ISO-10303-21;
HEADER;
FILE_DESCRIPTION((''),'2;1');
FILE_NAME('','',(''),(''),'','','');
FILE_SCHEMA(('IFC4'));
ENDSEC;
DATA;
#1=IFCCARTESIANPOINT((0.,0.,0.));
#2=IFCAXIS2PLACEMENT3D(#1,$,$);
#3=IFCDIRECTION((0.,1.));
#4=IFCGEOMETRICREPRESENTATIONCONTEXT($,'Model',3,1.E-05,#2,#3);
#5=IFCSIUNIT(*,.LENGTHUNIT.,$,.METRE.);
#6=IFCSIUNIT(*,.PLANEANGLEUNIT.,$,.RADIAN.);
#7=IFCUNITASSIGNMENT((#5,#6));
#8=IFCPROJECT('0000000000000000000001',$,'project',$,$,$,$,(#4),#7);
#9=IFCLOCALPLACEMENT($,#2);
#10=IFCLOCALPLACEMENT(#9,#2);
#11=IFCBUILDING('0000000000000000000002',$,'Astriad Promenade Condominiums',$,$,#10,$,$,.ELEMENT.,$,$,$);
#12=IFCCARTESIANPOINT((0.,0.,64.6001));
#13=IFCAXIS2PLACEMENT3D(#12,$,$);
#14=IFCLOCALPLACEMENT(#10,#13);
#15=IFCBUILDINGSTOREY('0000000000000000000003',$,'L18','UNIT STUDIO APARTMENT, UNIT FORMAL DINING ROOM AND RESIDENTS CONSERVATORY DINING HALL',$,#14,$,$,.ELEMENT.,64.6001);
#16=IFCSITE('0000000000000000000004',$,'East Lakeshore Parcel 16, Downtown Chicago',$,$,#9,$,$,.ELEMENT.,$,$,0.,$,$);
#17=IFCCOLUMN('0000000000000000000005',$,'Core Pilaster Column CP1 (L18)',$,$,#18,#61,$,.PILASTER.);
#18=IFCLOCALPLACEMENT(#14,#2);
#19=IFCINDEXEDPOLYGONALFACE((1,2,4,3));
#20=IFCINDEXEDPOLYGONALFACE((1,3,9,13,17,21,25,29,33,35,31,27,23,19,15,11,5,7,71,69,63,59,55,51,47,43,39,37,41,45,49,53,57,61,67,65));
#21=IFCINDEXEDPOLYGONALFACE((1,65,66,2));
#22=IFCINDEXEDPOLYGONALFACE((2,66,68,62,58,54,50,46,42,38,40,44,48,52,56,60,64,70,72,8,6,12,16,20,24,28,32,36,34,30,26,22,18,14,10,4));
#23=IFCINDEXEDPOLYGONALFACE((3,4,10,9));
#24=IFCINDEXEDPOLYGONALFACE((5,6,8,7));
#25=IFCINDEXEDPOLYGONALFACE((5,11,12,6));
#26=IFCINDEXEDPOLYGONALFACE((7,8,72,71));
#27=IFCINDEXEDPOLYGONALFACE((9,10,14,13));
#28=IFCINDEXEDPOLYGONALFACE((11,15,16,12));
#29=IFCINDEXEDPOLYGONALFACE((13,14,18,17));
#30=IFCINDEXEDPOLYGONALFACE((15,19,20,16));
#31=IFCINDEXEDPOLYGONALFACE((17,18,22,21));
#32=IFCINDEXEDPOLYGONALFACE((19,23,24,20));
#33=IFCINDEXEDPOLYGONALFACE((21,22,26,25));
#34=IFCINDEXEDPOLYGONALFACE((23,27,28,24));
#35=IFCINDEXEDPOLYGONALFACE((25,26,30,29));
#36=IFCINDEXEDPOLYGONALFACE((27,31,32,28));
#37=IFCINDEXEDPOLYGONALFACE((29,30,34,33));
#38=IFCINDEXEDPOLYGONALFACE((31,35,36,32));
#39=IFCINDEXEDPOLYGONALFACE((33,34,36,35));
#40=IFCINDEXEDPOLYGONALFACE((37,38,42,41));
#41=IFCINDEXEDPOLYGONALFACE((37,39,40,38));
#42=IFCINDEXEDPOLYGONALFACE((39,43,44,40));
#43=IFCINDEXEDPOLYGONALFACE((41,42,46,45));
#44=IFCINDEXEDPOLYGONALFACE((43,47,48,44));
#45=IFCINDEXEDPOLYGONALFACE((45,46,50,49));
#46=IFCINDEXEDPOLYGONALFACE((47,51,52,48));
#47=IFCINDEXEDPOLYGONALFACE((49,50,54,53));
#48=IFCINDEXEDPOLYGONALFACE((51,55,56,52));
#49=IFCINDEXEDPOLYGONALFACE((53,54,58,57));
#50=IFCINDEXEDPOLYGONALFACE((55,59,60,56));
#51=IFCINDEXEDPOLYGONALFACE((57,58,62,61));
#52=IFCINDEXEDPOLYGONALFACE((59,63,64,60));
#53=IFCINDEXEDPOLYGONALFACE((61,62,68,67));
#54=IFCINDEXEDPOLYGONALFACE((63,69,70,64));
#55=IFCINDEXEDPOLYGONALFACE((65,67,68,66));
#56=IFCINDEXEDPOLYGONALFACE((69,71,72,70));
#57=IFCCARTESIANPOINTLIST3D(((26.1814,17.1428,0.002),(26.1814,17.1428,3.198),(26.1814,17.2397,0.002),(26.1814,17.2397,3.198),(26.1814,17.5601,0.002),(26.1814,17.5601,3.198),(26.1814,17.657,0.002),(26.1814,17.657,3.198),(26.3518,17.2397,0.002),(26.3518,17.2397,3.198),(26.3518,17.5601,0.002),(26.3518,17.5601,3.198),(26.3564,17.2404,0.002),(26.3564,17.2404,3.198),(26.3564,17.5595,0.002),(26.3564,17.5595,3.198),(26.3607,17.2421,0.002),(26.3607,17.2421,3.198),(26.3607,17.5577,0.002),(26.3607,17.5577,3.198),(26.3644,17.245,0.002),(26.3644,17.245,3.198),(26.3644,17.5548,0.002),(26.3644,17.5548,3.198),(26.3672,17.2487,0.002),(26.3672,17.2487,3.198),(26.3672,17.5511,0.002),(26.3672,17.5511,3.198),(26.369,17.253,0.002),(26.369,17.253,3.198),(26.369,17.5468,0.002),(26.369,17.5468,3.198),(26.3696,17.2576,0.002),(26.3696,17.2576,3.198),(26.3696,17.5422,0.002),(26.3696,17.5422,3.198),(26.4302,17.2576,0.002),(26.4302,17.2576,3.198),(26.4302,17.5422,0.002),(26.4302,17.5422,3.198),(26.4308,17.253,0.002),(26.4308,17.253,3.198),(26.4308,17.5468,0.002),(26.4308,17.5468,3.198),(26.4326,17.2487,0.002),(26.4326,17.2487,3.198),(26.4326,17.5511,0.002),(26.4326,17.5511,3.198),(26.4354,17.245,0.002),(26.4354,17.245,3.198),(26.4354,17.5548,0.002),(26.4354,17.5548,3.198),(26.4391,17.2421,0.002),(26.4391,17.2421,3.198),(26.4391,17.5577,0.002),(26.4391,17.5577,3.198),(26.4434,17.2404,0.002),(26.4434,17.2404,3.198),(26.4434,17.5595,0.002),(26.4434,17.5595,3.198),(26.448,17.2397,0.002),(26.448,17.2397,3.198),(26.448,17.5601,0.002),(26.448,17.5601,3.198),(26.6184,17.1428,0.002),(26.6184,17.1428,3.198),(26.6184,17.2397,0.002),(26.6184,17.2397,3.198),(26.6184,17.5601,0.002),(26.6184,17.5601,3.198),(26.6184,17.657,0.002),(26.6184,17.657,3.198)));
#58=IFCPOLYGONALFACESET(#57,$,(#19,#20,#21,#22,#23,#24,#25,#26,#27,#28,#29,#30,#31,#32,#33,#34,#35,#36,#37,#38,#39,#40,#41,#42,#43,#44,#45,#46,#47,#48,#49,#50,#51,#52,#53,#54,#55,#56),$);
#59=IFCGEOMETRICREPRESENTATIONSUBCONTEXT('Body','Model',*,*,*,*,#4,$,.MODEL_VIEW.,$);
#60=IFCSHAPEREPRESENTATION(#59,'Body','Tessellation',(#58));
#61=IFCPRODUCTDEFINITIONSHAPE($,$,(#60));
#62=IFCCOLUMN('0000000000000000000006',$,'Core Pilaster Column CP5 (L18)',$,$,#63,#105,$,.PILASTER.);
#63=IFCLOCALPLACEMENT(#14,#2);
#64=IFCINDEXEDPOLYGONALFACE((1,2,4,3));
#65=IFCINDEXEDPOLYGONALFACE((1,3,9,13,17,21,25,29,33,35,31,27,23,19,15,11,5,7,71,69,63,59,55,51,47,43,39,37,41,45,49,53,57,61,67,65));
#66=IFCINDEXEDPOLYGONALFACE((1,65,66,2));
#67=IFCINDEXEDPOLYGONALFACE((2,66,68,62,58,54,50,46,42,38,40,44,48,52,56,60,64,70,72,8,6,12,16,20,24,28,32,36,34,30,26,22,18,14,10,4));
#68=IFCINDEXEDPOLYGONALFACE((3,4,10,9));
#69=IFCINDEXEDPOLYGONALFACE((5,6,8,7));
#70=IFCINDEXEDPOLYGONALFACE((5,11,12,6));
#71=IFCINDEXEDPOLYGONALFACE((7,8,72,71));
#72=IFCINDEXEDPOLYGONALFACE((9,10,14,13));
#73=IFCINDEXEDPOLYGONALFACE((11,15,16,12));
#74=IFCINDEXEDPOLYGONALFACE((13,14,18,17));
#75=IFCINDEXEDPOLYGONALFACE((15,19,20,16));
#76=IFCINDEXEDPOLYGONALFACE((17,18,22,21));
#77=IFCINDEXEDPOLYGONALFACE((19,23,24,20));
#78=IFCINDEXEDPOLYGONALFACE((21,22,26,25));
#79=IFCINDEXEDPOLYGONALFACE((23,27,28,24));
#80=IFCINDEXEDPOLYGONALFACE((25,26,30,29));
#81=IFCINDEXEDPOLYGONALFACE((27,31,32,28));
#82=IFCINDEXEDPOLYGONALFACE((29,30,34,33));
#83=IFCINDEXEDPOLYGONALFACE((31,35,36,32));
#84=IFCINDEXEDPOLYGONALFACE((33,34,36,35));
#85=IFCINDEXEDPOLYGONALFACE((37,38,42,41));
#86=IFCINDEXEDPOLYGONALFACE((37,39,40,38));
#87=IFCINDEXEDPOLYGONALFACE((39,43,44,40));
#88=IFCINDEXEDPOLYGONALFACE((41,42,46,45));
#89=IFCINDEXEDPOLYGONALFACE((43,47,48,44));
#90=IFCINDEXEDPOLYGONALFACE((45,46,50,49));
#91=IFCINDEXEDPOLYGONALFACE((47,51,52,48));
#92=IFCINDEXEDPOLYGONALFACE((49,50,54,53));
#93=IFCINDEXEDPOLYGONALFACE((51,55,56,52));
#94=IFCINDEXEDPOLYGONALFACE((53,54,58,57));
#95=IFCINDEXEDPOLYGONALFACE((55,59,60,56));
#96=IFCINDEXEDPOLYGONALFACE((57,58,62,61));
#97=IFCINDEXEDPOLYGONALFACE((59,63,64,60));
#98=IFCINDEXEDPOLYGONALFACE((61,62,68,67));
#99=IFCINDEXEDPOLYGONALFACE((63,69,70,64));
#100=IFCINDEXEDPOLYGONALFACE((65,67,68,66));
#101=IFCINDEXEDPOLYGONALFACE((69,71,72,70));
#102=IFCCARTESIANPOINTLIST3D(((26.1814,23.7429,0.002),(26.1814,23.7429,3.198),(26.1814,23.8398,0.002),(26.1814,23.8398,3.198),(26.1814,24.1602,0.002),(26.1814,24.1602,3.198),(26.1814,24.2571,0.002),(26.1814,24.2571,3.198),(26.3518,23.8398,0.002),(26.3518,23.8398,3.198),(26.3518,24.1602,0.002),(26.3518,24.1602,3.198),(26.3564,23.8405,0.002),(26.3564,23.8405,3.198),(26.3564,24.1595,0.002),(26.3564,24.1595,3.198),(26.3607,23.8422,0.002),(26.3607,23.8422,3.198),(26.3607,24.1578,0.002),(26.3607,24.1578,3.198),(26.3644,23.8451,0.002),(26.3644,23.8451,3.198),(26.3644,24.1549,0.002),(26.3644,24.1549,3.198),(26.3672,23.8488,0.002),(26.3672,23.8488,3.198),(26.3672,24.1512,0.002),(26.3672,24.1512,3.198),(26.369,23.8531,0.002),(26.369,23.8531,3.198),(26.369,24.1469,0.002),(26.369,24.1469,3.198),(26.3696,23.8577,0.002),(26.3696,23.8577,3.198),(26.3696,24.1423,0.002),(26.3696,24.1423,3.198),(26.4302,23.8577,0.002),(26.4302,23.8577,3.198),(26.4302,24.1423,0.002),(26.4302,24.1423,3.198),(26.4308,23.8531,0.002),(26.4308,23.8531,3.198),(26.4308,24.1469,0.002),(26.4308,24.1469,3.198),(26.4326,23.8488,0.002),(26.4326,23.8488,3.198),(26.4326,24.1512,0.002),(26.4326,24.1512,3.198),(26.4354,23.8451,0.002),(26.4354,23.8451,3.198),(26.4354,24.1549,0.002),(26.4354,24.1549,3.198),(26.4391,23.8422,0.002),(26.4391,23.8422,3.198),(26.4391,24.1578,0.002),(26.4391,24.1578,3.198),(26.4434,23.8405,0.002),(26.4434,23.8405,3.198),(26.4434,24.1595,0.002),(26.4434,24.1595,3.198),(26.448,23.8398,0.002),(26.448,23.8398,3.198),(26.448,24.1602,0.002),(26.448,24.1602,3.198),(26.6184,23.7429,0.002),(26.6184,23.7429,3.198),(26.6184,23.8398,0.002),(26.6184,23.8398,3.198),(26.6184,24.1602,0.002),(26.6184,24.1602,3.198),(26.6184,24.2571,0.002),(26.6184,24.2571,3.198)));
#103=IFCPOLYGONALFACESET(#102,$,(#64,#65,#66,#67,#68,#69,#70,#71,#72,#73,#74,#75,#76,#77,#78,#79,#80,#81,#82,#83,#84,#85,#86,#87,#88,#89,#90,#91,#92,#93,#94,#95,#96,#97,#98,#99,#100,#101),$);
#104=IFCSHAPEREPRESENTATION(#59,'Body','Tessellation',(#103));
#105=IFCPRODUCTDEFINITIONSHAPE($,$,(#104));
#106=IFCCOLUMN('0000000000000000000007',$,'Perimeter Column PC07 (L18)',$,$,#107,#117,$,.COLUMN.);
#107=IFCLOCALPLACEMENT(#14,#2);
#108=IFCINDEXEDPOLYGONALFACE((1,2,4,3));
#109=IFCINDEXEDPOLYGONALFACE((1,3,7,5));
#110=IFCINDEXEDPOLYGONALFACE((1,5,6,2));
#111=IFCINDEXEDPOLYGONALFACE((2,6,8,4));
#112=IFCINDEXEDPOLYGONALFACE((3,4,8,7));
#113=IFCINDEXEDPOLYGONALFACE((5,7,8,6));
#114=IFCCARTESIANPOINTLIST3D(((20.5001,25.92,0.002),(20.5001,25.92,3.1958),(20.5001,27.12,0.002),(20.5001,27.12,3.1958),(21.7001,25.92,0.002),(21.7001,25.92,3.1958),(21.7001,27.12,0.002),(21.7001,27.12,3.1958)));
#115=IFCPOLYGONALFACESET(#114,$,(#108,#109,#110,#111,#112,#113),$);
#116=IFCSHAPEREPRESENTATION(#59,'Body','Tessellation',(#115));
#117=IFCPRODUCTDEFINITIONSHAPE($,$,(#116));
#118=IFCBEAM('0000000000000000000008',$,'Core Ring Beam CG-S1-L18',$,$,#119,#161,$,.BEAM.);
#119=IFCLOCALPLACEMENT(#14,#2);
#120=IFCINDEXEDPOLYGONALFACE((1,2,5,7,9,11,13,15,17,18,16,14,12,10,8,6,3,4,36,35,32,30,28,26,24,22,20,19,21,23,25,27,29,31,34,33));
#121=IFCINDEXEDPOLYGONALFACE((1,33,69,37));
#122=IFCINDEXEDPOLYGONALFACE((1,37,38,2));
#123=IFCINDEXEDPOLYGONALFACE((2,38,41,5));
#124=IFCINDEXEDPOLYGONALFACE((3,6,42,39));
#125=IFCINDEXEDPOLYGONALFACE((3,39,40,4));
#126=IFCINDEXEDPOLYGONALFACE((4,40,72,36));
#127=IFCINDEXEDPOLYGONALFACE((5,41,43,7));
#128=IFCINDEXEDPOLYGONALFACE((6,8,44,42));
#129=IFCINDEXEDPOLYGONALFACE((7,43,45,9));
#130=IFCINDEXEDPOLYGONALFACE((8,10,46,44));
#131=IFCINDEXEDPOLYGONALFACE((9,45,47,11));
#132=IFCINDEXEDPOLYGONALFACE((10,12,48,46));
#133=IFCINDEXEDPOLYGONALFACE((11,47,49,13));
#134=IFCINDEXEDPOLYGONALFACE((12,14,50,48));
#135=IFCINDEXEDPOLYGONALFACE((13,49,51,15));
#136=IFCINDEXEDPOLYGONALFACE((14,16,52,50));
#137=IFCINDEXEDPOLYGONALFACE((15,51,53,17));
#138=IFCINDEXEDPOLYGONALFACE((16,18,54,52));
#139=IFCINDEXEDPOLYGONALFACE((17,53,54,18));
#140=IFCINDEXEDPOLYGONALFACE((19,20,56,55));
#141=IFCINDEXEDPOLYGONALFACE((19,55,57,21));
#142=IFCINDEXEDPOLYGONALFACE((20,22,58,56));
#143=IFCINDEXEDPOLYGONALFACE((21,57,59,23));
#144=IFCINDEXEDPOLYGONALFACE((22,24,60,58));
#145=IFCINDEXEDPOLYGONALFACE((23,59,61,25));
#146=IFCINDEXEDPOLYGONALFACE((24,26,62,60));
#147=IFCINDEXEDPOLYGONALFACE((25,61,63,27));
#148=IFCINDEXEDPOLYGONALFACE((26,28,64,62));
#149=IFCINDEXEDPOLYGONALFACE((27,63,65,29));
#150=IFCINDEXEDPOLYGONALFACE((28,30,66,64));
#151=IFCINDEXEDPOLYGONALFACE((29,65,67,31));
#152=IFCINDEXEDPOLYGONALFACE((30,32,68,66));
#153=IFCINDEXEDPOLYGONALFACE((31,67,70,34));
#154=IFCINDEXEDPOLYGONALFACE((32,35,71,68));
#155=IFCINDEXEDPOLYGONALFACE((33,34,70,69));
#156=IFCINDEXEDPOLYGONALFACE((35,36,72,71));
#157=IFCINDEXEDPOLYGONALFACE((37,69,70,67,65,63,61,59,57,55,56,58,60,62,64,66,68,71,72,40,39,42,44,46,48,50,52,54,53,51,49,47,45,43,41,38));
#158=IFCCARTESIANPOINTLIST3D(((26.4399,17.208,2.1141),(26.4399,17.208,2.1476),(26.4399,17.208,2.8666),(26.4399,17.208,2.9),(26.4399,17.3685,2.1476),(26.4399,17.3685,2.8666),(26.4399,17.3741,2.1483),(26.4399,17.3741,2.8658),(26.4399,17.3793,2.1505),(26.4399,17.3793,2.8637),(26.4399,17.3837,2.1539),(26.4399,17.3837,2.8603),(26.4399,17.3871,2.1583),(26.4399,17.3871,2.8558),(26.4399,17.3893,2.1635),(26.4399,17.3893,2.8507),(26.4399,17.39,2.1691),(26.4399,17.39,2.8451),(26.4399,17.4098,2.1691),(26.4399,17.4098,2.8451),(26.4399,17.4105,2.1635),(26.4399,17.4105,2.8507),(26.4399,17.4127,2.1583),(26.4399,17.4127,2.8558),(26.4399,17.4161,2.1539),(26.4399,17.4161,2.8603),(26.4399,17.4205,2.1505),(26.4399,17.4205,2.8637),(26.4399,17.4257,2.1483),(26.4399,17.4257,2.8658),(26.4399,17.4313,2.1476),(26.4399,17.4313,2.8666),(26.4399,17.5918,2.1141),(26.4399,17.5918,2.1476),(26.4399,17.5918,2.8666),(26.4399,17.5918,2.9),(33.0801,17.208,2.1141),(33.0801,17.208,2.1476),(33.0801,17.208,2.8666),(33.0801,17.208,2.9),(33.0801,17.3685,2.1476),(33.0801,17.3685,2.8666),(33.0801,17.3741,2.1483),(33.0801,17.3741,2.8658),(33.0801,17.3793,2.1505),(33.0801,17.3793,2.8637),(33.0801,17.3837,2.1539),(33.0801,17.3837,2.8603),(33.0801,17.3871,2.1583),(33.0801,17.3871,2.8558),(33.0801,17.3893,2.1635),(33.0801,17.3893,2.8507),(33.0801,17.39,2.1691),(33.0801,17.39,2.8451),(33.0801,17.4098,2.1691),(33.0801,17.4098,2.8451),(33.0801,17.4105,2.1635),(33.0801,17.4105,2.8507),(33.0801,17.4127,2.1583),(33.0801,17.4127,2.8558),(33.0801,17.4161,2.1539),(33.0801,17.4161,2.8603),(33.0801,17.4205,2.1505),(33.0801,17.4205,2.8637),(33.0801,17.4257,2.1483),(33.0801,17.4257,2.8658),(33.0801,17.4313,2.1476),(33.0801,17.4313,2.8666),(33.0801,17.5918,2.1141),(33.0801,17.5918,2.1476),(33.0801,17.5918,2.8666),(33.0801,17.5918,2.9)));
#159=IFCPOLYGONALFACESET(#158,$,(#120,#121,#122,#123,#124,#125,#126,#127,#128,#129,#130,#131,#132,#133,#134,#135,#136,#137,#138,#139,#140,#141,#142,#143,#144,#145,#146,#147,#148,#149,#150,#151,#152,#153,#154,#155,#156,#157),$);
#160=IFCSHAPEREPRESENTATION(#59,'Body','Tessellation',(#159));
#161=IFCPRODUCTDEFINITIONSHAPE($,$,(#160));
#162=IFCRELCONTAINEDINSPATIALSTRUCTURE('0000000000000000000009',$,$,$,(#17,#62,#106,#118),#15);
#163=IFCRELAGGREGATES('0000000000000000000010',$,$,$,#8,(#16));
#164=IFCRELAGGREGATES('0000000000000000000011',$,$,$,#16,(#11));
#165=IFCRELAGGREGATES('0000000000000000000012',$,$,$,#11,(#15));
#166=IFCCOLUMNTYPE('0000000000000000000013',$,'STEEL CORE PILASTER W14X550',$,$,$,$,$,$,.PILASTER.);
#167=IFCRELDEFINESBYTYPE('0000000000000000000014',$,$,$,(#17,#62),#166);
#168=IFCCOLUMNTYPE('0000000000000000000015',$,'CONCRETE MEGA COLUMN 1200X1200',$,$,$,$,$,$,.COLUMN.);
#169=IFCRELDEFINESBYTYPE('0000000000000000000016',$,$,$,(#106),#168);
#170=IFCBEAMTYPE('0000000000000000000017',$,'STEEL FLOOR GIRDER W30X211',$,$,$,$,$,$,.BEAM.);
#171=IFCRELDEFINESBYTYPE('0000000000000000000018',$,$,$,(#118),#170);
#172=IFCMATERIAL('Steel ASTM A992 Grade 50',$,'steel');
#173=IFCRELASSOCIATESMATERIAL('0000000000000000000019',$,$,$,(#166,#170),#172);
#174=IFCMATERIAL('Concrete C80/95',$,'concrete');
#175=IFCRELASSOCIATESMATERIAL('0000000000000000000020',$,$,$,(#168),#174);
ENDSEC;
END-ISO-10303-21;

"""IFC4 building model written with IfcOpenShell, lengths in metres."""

from ifc_helpers import new_model, si_unit, direction, frame, origin, origin_2d, place, context, subcontext, project, spatial, rectangle, i_section, extrude, source, transform, mapped, material, material_profile, profile_set, type_object, type_shapes, element, save


model = new_model("IFC4")

# Units and contexts
model_context = context("Model", 3, precision=1e-05, world=origin(), true_north=direction((0.0, 1.0)))
body_context = subcontext(model_context, "Body", "Model", "MODEL_VIEW")
ifc_project = project(units=[si_unit("LENGTHUNIT", "METRE"), si_unit("PLANEANGLEUNIT", "RADIAN")], contexts=[model_context])

# Site, building, storey
site_placement = place(None, origin())
site = spatial("IfcSite", under=ifc_project, at=site_placement, Name="East Lakeshore Parcel 16, Downtown Chicago", CompositionType="ELEMENT", RefElevation=0.0)
building_placement = place(site_placement, origin())
building = spatial("IfcBuilding", under=site, at=building_placement, Name="Astriad Promenade Condominiums", CompositionType="ELEMENT")
storey_placement = place(building_placement, frame((0.0, 0.0, 64.6001)))
storey = spatial("IfcBuildingStorey", under=building, at=storey_placement, Name="L18", Description="UNIT STUDIO APARTMENT, UNIT FORMAL DINING ROOM AND RESIDENTS CONSERVATORY DINING HALL", CompositionType="ELEMENT", Elevation=64.6001)

# Columns
ifc_material_1 = material(Name="Steel ASTM A992 Grade 50", Category="steel")
ifc_material_profile_1 = material_profile(ifc_material_1, i_section(OverallWidth=0.437, OverallDepth=0.5142, WebThickness=0.0605, FlangeThickness=0.0969, FilletRadius=0.0178, at=origin_2d()), Name="W14X550")
ifc_profile_set_1 = profile_set([ifc_material_profile_1], Name="Steel ASTM A992 Grade 50")
column_type_1 = type_object("IfcColumnType", Name="STEEL CORE PILASTER W14X550", PredefinedType="PILASTER", material=ifc_profile_set_1)
shared_shape_1 = source(origin(), body_context, "Body", "SweptSolid", [
    extrude(i_section(OverallWidth=0.437, OverallDepth=0.5142, WebThickness=0.0605, FlangeThickness=0.0969, FilletRadius=0.0178, at=origin_2d()), origin(), (0.0, 0.0, 1.0), 3.196),
])
type_shapes(column_type_1, [shared_shape_1])
for number, where, z_axis, x_axis, name in (
    (1, (26.3999, 17.3999, 0.002), (0.0, 0.0, 1.0), (1.0, 0.0, 0.0), "Core Pilaster Column CP1 (L18)"),
    (2, (26.3999, 24.0, 0.002), (0.0, 0.0, 1.0), (1.0, 0.0, 0.0), "Core Pilaster Column CP5 (L18)"),
):
    element("IfcColumn", number, at=place(storey_placement, frame(where, z_axis=z_axis, x_axis=x_axis)), inside=storey, type_object=column_type_1, Name=name, PredefinedType="PILASTER", context=body_context, shape_type="MappedRepresentation", body=[
        mapped(shared_shape_1, transform((0.0, 0.0, 0.0), scale=1.0)),
    ])
ifc_material_2 = material(Name="Concrete C80/95", Category="concrete")
ifc_material_profile_2 = material_profile(ifc_material_2, rectangle(XDim=1.2, YDim=1.2, at=origin_2d()), Name="RC-COL-1200X1200")
ifc_profile_set_2 = profile_set([ifc_material_profile_2], Name="Concrete C80/95")
column_type_2 = type_object("IfcColumnType", Name="CONCRETE MEGA COLUMN 1200X1200", PredefinedType="COLUMN", material=ifc_profile_set_2)
shared_shape_2 = source(origin(), body_context, "Body", "SweptSolid", [
    extrude(rectangle(XDim=1.2, YDim=1.2, at=origin_2d()), origin(), (0.0, 0.0, 1.0), 3.1938),
])
type_shapes(column_type_2, [shared_shape_2])
column_placement = place(storey_placement, frame((21.1001, 26.52, 0.002), z_axis=(0.0, 0.0, 1.0), x_axis=(1.0, 0.0, 0.0)))
element("IfcColumn", 3, at=column_placement, inside=storey, type_object=column_type_2, Name="Perimeter Column PC07 (L18)", PredefinedType="COLUMN", context=body_context, shape_type="MappedRepresentation", body=[
    mapped(shared_shape_2, transform((0.0, 0.0, 0.0), scale=1.0)),
])

# Beam
ifc_material_profile_3 = material_profile(ifc_material_1, i_section(OverallWidth=0.3838, OverallDepth=0.7859, WebThickness=0.0198, FlangeThickness=0.0334, FilletRadius=0.0215, at=origin_2d()), Name="W30X211")
ifc_profile_set_3 = profile_set([ifc_material_profile_3], Name="Steel ASTM A992 Grade 50")
beam_type_1 = type_object("IfcBeamType", Name="STEEL FLOOR GIRDER W30X211", PredefinedType="BEAM", material=ifc_profile_set_3)
shared_shape_3 = source(origin(), body_context, "Body", "SweptSolid", [
    extrude(i_section(OverallWidth=0.3838, OverallDepth=0.7859, WebThickness=0.0198, FlangeThickness=0.0334, FilletRadius=0.0215, at=origin_2d()), origin(), (0.0, 0.0, 1.0), 6.6401),
])
type_shapes(beam_type_1, [shared_shape_3])
beam_1_placement = place(storey_placement, frame((26.4399, 17.3999, 2.5071), z_axis=(1.0, 0.0, 0.0), x_axis=(0.0, 1.0, 0.0)))
element("IfcBeam", 4, at=beam_1_placement, inside=storey, type_object=beam_type_1, Name="Core Ring Beam CG-S1-L18", PredefinedType="BEAM", context=body_context, shape_type="MappedRepresentation", body=[
    mapped(shared_shape_3, transform((0.0, 0.0, 0.0), scale=1.0)),
])

save(model, "model.ifc")
